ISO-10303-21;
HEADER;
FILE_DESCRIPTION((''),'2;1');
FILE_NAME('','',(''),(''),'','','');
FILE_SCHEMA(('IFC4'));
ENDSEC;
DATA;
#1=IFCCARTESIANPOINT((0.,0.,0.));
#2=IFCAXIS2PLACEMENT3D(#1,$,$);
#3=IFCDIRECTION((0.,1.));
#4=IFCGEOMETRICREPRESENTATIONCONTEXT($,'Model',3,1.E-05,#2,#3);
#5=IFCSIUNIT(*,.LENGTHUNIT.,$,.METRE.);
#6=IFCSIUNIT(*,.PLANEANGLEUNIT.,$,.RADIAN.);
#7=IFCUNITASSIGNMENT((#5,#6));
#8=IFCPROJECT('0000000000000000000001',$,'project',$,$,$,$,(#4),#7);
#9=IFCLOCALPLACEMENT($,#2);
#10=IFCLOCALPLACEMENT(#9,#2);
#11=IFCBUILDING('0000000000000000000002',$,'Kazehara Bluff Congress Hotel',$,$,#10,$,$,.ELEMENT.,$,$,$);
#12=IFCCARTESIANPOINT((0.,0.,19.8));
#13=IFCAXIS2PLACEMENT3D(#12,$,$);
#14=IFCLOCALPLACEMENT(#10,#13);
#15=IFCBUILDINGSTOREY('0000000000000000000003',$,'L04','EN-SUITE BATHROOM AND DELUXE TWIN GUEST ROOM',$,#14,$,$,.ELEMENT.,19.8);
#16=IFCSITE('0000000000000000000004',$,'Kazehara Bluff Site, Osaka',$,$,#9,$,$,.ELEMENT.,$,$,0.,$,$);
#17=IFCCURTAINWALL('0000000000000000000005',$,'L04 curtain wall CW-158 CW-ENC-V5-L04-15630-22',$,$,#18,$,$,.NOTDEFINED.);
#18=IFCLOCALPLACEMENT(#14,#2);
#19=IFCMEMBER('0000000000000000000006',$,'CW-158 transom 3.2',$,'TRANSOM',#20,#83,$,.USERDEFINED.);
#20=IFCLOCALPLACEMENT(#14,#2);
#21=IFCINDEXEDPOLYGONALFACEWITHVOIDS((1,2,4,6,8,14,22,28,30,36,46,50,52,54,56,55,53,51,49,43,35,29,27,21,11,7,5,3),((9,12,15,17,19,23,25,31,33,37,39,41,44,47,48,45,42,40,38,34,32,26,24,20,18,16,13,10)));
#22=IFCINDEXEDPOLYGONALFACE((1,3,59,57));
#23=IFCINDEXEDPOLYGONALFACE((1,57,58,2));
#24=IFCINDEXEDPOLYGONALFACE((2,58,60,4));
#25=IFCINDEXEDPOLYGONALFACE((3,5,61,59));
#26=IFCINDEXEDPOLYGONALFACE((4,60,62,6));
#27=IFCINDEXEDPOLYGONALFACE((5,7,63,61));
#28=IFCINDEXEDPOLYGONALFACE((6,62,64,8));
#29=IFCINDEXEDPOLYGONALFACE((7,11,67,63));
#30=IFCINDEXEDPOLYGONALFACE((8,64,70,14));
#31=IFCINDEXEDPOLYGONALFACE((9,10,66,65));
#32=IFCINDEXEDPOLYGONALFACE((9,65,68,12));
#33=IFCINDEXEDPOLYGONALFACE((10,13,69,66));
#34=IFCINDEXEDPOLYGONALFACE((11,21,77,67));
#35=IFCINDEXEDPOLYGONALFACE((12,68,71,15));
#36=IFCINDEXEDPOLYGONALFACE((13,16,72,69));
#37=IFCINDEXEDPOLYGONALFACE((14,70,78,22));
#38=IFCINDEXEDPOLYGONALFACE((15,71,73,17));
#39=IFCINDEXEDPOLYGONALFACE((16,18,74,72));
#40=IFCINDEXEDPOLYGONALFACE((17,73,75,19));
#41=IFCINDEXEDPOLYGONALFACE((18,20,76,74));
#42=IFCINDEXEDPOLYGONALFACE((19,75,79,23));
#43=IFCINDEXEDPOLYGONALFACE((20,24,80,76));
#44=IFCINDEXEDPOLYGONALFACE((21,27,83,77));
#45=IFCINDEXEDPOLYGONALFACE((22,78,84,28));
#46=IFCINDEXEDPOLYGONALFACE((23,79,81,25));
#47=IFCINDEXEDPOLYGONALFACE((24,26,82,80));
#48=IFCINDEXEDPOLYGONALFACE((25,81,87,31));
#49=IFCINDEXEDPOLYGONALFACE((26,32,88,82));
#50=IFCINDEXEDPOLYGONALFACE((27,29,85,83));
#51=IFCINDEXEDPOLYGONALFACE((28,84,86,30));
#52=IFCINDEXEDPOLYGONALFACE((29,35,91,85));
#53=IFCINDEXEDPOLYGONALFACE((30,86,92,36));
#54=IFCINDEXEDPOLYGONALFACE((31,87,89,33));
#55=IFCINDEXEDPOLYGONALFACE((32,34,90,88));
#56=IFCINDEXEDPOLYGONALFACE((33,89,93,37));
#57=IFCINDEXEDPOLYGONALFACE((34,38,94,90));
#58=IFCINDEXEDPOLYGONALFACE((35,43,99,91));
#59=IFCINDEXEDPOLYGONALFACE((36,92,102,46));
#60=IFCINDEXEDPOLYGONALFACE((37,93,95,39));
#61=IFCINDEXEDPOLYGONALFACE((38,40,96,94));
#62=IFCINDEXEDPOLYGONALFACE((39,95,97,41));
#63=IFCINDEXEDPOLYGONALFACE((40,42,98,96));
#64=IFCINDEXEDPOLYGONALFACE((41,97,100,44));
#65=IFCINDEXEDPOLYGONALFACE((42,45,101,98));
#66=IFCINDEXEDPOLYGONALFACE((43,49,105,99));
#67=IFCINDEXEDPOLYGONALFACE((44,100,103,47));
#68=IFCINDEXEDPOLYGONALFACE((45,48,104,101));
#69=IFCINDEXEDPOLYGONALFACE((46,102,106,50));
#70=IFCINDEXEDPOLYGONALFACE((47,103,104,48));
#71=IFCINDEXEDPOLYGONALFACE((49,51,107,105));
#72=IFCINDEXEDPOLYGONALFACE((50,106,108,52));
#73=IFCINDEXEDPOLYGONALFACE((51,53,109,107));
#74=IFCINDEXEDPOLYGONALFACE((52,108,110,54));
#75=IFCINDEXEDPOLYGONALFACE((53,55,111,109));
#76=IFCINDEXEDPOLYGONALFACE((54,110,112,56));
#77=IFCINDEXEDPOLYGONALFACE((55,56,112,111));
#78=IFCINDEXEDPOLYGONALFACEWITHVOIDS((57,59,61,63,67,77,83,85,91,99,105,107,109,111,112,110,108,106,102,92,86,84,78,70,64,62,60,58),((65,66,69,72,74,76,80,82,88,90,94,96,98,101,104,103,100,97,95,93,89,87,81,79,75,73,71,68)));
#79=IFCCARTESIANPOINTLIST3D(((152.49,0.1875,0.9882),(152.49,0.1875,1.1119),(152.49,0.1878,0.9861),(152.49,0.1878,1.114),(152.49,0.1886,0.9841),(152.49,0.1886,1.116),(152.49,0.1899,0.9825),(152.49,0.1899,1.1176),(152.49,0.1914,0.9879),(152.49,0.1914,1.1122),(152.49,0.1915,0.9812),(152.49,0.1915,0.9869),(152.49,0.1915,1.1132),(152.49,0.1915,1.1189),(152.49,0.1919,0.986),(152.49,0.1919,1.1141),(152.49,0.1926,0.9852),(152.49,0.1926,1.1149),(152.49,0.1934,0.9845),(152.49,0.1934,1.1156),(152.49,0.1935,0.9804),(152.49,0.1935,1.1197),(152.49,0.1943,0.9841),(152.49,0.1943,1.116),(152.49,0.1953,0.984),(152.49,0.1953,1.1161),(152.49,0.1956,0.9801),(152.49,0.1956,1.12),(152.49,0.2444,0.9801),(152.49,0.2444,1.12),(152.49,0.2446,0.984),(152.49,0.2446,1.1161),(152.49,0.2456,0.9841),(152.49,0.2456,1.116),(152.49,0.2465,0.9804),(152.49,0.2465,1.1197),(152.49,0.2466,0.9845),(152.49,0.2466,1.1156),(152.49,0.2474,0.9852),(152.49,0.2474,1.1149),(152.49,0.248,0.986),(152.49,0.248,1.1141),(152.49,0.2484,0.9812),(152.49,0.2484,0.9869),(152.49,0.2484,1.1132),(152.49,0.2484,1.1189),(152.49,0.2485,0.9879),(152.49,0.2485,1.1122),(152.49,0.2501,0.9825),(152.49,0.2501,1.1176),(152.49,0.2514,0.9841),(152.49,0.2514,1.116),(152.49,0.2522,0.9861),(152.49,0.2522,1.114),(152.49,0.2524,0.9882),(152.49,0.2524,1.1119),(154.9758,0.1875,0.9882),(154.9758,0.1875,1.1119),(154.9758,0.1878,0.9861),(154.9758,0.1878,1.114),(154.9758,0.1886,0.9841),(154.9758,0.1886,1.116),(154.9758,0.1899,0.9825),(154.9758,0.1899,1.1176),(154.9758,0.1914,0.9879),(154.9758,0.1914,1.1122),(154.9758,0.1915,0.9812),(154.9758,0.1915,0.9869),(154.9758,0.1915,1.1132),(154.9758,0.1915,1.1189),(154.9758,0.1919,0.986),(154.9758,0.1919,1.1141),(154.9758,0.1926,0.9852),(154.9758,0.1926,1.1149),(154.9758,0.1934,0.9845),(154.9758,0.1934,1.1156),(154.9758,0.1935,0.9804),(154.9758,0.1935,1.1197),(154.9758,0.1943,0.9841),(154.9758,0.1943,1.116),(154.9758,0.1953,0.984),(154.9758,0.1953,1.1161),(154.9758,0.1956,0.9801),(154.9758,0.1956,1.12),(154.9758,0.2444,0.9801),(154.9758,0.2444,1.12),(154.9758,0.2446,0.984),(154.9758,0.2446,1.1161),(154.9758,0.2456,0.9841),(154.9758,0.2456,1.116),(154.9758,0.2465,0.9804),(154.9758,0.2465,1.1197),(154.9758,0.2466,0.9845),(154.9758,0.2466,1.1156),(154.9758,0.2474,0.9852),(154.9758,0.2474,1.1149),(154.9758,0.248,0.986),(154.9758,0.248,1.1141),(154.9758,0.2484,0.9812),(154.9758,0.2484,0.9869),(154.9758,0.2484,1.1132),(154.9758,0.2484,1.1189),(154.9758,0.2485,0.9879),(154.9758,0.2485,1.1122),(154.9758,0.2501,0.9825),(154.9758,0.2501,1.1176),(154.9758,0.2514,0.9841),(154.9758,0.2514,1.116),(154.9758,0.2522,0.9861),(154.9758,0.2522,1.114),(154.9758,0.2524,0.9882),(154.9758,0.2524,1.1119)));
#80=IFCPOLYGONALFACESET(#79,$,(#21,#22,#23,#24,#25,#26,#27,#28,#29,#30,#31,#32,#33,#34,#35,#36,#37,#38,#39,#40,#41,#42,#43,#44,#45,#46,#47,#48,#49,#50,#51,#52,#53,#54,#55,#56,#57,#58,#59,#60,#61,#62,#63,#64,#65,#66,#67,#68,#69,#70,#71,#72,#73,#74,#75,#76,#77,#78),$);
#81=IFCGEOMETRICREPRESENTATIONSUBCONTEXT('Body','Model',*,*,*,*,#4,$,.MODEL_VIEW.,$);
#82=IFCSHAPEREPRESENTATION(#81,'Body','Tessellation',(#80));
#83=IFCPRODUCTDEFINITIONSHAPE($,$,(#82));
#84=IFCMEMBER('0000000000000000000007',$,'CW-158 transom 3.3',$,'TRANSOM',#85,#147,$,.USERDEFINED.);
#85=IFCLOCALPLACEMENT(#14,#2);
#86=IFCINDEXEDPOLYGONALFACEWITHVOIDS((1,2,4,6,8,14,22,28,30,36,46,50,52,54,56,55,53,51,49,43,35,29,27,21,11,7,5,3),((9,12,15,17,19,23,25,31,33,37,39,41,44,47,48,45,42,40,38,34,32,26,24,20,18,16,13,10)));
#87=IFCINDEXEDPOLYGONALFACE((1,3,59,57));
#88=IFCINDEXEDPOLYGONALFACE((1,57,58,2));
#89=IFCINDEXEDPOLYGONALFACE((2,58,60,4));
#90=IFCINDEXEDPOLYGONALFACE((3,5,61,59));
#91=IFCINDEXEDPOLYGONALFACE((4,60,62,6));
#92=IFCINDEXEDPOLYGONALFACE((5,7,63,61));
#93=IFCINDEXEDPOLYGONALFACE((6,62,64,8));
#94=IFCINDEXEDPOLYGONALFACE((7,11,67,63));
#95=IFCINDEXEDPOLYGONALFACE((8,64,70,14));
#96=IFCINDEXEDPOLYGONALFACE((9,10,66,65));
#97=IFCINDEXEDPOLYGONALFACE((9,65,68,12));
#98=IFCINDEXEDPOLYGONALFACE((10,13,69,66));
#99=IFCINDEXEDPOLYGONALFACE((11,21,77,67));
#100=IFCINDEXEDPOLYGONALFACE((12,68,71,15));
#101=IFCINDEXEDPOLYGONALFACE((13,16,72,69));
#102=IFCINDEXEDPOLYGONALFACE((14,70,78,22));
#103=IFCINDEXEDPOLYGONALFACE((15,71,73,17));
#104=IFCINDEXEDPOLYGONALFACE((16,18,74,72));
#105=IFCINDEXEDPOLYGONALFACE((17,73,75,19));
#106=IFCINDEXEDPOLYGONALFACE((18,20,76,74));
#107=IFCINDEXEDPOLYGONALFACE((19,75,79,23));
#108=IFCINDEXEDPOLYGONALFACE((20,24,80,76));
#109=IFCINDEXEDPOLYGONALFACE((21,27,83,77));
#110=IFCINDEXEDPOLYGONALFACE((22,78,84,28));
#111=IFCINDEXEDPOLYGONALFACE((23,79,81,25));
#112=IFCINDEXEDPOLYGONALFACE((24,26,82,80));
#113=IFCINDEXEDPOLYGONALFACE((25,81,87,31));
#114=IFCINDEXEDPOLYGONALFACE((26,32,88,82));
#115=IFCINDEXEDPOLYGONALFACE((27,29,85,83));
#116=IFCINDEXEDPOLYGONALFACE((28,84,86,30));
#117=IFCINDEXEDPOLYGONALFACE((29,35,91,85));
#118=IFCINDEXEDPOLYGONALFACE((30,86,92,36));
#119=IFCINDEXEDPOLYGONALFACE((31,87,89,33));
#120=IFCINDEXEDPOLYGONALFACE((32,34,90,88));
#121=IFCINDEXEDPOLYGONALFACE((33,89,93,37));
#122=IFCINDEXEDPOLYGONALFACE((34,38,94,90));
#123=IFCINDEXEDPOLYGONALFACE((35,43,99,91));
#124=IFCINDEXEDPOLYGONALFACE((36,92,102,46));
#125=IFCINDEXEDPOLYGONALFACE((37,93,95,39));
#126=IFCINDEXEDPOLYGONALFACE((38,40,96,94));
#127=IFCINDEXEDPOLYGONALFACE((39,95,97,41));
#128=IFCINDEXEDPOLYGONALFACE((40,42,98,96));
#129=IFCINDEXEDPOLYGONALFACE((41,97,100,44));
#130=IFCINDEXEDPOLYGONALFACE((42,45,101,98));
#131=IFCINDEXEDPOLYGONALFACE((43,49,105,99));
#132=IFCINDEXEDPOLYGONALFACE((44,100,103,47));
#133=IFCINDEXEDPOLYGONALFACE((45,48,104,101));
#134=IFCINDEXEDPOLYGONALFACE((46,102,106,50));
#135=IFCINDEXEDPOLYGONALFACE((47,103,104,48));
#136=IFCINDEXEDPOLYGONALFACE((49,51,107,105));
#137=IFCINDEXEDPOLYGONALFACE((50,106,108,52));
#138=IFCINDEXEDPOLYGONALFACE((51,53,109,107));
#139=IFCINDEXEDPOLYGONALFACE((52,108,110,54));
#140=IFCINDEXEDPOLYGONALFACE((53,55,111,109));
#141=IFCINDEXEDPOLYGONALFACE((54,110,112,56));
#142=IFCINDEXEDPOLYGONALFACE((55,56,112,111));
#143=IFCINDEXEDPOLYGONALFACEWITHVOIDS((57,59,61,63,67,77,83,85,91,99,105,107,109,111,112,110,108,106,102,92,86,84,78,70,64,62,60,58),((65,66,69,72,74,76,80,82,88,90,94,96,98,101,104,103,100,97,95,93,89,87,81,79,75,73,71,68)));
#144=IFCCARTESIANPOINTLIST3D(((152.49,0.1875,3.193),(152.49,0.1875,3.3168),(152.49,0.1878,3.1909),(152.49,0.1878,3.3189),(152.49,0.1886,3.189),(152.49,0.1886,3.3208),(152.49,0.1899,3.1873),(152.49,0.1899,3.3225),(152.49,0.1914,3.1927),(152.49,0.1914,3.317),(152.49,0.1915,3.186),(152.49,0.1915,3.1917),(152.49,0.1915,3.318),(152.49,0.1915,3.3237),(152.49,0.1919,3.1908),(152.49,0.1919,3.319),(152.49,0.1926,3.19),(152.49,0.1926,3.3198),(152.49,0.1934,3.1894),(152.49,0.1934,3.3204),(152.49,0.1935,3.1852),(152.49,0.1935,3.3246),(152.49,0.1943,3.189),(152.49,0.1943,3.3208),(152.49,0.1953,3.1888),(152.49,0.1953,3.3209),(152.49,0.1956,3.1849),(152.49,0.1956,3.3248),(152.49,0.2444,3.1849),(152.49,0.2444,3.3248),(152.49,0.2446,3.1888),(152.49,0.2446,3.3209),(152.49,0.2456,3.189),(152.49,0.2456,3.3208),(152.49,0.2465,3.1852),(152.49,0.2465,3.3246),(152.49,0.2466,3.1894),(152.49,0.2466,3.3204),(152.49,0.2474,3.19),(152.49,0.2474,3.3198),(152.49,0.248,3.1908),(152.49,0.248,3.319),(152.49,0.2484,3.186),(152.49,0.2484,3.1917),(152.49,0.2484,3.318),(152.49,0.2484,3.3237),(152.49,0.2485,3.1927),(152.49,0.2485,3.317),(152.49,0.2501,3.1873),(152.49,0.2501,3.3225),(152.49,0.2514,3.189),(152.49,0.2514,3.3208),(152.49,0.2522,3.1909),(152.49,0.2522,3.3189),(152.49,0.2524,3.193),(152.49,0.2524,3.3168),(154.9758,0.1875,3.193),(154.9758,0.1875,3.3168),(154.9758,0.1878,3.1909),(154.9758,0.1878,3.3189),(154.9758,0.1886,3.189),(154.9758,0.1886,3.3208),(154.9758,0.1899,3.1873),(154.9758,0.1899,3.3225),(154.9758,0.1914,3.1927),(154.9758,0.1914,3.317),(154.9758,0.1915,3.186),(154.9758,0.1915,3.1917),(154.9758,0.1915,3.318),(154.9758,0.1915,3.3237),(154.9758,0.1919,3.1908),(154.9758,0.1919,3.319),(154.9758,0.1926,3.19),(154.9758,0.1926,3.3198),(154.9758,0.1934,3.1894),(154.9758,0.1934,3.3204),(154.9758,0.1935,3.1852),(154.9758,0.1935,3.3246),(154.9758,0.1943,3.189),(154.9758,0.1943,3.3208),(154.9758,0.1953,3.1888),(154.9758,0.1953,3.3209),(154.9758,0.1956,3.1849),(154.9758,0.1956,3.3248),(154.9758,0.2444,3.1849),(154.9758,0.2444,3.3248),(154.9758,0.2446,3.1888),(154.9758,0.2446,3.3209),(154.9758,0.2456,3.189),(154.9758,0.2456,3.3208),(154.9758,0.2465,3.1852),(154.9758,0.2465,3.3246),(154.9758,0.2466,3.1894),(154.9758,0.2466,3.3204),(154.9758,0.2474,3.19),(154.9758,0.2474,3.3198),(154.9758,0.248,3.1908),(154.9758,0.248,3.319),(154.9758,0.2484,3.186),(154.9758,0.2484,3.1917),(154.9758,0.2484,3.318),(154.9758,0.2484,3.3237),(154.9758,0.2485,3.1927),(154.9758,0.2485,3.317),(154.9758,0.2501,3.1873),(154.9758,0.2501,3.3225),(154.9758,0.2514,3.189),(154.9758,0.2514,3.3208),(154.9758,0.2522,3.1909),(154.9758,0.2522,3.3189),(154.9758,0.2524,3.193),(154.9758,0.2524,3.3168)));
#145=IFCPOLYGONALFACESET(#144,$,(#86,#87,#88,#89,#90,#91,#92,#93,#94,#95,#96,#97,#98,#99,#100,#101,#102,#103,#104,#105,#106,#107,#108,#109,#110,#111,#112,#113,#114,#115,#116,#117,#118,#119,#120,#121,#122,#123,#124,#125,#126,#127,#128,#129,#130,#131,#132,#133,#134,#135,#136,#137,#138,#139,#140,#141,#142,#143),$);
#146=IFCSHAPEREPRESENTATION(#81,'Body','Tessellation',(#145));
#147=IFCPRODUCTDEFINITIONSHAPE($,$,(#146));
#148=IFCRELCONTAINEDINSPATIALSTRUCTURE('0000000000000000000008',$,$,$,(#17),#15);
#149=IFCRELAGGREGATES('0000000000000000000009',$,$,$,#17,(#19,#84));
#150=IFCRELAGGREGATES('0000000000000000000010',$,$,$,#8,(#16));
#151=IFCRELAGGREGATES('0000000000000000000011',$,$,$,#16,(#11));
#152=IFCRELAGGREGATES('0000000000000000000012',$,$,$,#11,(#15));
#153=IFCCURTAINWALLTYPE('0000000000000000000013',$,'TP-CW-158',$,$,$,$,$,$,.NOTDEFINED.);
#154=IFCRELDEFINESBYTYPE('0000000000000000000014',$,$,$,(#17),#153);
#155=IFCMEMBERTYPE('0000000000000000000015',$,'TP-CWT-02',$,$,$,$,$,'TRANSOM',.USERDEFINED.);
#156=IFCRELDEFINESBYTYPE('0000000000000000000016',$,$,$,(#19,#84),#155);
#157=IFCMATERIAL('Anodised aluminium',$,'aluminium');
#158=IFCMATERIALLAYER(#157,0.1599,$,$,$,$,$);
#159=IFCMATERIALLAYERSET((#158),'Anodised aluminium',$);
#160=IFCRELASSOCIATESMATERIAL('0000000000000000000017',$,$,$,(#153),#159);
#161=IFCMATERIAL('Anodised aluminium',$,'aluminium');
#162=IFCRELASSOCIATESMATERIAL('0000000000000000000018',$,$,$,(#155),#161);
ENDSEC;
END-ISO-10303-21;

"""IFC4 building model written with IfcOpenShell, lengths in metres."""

from ifc_helpers import new_model, si_unit, direction, frame, origin, origin_2d, place, context, subcontext, project, spatial, hollow_rectangle, extrude, material, layer, layer_set, material_profile, profile_set, type_object, element, aggregate, save


model = new_model("IFC4")

# Units and contexts
model_context = context("Model", 3, precision=1e-05, world=origin(), true_north=direction((0.0, 1.0)))
body_context = subcontext(model_context, "Body", "Model", "MODEL_VIEW")
ifc_project = project(units=[si_unit("LENGTHUNIT", "METRE"), si_unit("PLANEANGLEUNIT", "RADIAN")], contexts=[model_context])

# Site, building, storey
site_placement = place(None, origin())
site = spatial("IfcSite", under=ifc_project, at=site_placement, Name="Kazehara Bluff Site, Osaka", CompositionType="ELEMENT", RefElevation=0.0)
building_placement = place(site_placement, origin())
building = spatial("IfcBuilding", under=site, at=building_placement, Name="Kazehara Bluff Congress Hotel", CompositionType="ELEMENT")
storey_placement = place(building_placement, frame((0.0, 0.0, 19.8)))
storey = spatial("IfcBuildingStorey", under=building, at=storey_placement, Name="L04", Description="EN-SUITE BATHROOM AND DELUXE TWIN GUEST ROOM", CompositionType="ELEMENT", Elevation=19.8)

# Curtain wall
ifc_material_1 = material(Name="Anodised aluminium", Category="aluminium")
ifc_layer_1 = layer(ifc_material_1, 0.1599)
ifc_layer_set_1 = layer_set([ifc_layer_1], Name="Anodised aluminium")
curtain_wall_type = type_object("IfcCurtainWallType", Name="TP-CW-158", PredefinedType="NOTDEFINED", material=ifc_layer_set_1)
curtain_wall_1_placement = place(storey_placement, origin())
curtain_wall_1 = element("IfcCurtainWall", 1, at=curtain_wall_1_placement, inside=storey, type_object=curtain_wall_type, Name="L04 curtain wall CW-158 CW-ENC-V5-L04-15630-22", PredefinedType="NOTDEFINED")

# Members
ifc_material_2 = material(Name="Anodised aluminium", Category="aluminium")
ifc_material_profile_1 = material_profile(ifc_material_2, hollow_rectangle(XDim=0.0649, YDim=0.1399, WallThickness=0.0039, InnerFilletRadius=0.0039, OuterFilletRadius=0.0081, at=origin_2d()))
ifc_profile_set_1 = profile_set([ifc_material_profile_1], Name="Anodised aluminium")
member_type_1 = type_object("IfcMemberType", Name="TP-CWT-02", ElementType="TRANSOM", PredefinedType="USERDEFINED", material=ifc_profile_set_1)
member_1_placement = place(storey_placement, frame((154.9758, 0.22, 1.05), z_axis=(-1.0, 0.0, 0.0), x_axis=(0.0, -1.0, 0.0)))
member_1 = element("IfcMember", 2, at=member_1_placement, type_object=member_type_1, Name="CW-158 transom 3.2", ObjectType="TRANSOM", PredefinedType="USERDEFINED", context=body_context, shape_type="SweptSolid", body=[
    extrude(hollow_rectangle(XDim=0.0649, YDim=0.1399, WallThickness=0.0039, InnerFilletRadius=0.0039, OuterFilletRadius=0.0081, at=origin_2d()), origin(), (0.0, 0.0, 1.0), 2.4858),
])
member_2_placement = place(storey_placement, frame((154.9758, 0.22, 3.2549), z_axis=(-1.0, 0.0, 0.0), x_axis=(0.0, -1.0, 0.0)))
member_2 = element("IfcMember", 3, at=member_2_placement, type_object=member_type_1, Name="CW-158 transom 3.3", ObjectType="TRANSOM", PredefinedType="USERDEFINED", context=body_context, shape_type="SweptSolid", body=[
    extrude(hollow_rectangle(XDim=0.0649, YDim=0.1399, WallThickness=0.0039, InnerFilletRadius=0.0039, OuterFilletRadius=0.0081, at=origin_2d()), origin(), (0.0, 0.0, 1.0), 2.4858),
])

aggregate(curtain_wall_1, [member_1, member_2])

save(model, "model.ifc")
